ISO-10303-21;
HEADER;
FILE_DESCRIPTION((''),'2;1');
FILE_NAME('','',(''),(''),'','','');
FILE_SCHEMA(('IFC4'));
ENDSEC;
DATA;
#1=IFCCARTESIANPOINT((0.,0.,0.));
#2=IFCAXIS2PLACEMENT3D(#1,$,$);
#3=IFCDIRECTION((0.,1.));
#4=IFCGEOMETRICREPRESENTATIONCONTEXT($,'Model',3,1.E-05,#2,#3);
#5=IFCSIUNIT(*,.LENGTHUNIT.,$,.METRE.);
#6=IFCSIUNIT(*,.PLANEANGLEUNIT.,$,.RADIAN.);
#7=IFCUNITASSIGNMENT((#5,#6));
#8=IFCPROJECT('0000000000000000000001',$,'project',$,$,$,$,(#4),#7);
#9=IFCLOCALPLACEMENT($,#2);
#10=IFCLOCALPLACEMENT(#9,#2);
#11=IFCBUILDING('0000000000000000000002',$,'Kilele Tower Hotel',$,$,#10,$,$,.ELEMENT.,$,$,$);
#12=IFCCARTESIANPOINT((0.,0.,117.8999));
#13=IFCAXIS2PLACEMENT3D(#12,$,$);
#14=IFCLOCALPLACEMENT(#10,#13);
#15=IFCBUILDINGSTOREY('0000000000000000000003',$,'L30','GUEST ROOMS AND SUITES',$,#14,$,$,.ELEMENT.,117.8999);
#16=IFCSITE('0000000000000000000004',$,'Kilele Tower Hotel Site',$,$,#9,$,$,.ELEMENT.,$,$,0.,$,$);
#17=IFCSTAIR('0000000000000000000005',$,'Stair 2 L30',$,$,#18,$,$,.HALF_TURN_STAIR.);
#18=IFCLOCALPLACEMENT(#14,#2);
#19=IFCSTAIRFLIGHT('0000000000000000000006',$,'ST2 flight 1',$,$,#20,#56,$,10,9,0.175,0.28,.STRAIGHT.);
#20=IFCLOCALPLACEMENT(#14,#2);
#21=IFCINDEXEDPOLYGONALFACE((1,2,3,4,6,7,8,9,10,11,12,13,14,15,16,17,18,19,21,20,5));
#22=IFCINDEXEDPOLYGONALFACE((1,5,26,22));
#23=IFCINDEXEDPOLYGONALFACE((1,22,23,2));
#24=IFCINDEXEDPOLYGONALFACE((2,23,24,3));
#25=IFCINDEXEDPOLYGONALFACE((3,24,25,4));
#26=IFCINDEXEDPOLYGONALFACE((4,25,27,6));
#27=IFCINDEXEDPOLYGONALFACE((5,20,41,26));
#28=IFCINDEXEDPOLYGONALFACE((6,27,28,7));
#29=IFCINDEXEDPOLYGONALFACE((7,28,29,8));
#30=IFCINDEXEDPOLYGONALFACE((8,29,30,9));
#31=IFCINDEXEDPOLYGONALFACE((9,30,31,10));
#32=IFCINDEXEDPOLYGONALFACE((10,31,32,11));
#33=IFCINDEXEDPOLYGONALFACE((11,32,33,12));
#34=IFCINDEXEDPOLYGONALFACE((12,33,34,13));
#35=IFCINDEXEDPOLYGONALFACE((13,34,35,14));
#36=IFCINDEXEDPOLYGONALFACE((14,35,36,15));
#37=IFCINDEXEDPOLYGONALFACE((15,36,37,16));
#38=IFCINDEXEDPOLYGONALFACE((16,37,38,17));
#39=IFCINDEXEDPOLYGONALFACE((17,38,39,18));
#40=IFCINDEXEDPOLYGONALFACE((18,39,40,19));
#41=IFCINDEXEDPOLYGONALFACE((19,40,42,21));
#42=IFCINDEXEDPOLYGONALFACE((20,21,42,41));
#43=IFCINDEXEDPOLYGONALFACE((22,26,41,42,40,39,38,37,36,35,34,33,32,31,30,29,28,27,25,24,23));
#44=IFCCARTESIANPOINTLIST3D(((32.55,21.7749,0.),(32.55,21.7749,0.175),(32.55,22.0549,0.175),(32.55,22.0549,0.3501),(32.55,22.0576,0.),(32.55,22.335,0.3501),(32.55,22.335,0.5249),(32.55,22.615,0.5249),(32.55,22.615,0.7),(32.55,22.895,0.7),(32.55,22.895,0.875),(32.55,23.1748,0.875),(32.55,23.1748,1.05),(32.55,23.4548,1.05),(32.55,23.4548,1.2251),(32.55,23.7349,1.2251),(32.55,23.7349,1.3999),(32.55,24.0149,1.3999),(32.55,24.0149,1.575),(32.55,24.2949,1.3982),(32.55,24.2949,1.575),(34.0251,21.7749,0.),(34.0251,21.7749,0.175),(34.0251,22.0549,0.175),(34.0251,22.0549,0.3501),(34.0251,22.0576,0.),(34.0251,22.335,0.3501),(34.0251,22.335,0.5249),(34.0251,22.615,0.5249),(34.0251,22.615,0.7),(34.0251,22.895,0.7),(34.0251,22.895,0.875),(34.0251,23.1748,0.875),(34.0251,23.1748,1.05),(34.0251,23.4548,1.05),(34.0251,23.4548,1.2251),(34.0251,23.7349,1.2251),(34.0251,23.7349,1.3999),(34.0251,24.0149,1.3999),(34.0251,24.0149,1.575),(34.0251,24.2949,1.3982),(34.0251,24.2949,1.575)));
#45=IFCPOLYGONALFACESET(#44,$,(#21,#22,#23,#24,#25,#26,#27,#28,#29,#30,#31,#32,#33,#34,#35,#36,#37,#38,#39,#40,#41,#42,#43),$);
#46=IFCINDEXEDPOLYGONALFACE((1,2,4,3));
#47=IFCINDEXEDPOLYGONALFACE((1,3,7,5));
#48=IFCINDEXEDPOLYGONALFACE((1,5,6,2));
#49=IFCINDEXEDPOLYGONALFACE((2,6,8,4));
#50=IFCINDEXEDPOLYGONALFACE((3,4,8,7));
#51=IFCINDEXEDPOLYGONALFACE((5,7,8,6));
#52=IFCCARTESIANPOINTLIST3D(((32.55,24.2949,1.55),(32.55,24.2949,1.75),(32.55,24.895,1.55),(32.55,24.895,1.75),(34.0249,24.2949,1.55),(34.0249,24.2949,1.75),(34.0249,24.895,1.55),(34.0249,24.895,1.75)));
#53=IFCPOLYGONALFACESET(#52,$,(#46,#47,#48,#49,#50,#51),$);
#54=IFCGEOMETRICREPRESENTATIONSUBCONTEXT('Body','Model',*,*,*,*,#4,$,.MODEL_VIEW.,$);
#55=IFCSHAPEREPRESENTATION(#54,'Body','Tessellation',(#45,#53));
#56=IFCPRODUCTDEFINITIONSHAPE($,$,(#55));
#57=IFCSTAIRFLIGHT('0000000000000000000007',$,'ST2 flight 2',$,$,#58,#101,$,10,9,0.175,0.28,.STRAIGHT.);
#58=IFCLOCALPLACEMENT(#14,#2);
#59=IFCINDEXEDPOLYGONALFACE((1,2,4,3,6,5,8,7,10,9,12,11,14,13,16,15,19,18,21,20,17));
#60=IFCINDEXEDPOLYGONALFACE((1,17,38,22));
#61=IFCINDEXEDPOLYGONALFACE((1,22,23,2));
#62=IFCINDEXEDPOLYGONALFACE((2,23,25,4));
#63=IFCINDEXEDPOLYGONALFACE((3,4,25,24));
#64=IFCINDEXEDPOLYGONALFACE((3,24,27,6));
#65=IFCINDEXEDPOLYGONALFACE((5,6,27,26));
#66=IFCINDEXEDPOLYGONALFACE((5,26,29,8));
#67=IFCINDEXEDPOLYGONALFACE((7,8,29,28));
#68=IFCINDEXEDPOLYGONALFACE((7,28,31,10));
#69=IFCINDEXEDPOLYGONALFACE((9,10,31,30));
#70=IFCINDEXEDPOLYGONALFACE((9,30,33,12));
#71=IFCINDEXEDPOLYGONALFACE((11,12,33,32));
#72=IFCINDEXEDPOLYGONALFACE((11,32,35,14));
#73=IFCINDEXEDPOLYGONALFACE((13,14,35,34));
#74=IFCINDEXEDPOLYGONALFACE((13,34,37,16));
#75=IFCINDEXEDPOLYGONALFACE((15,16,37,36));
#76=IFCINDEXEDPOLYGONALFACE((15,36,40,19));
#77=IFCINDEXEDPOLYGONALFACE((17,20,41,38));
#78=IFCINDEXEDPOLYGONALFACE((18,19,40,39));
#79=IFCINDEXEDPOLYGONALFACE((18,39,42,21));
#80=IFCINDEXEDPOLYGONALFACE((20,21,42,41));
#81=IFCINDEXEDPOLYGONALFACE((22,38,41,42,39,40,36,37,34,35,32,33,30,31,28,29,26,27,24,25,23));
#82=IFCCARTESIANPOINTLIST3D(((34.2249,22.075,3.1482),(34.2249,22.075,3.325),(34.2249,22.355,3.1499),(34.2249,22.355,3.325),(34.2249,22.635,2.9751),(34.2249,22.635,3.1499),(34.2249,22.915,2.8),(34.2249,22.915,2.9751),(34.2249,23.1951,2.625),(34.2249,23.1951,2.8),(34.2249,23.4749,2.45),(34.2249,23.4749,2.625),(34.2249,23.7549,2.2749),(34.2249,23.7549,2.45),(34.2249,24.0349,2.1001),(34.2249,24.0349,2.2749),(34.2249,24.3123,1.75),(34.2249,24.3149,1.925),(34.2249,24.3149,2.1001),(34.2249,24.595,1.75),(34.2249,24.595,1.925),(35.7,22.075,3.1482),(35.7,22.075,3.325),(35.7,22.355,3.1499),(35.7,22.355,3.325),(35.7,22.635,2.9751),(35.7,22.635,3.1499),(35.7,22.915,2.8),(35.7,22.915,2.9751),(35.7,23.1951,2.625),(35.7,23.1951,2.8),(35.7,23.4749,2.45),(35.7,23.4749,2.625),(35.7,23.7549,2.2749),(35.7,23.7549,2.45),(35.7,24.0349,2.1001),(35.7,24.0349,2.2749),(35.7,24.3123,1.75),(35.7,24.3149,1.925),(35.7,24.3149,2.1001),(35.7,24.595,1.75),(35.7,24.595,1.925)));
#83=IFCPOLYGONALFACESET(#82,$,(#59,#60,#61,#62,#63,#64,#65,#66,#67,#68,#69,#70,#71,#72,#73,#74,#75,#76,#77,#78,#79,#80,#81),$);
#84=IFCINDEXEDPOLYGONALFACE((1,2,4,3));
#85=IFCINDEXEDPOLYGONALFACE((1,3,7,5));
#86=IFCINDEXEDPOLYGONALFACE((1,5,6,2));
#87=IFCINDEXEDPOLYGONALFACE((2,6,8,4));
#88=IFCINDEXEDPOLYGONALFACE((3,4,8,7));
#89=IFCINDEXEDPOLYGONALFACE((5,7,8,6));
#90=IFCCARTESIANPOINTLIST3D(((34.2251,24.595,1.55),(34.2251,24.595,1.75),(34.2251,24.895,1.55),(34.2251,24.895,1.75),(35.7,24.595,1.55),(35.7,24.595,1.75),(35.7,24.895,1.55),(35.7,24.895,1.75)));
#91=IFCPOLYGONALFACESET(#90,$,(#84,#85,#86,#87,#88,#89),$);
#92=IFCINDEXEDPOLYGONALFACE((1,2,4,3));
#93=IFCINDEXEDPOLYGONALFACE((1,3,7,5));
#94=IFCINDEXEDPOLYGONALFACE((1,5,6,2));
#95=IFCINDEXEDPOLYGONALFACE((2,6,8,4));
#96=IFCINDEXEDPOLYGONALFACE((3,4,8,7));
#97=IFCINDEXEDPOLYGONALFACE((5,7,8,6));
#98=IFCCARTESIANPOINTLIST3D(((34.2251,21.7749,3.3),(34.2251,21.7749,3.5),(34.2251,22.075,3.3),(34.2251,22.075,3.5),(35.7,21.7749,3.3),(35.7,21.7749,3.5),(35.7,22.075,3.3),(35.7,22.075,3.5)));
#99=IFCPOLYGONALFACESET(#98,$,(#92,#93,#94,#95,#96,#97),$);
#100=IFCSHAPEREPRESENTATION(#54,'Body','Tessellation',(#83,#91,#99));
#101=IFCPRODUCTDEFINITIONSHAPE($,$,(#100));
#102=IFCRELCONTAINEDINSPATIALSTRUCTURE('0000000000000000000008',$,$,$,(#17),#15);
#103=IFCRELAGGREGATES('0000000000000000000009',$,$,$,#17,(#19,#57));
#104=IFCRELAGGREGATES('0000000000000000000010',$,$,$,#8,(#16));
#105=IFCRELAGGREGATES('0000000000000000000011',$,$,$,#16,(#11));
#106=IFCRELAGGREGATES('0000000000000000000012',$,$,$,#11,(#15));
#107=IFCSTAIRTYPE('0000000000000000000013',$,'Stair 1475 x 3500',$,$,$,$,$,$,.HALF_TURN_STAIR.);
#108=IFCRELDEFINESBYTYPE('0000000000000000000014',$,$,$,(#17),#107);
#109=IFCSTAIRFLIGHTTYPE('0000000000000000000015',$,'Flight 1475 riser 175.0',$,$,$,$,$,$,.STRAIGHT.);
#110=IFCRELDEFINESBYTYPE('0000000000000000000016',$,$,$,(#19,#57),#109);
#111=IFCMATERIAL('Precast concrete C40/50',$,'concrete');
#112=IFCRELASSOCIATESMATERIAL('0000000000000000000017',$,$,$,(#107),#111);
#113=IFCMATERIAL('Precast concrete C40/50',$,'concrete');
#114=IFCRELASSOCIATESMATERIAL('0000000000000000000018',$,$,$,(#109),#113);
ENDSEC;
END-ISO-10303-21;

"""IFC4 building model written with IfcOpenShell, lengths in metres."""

from ifc_helpers import new_model, si_unit, direction, frame, origin, place, context, subcontext, project, spatial, polyline, outline, extrude, material, type_object, element, aggregate, save


model = new_model("IFC4")

# Units and contexts
model_context = context("Model", 3, precision=1e-05, world=origin(), true_north=direction((0.0, 1.0)))
body_context = subcontext(model_context, "Body", "Model", "MODEL_VIEW")
ifc_project = project(units=[si_unit("LENGTHUNIT", "METRE"), si_unit("PLANEANGLEUNIT", "RADIAN")], contexts=[model_context])

# Site, building, storey
site_placement = place(None, origin())
site = spatial("IfcSite", under=ifc_project, at=site_placement, Name="Kilele Tower Hotel Site", CompositionType="ELEMENT", RefElevation=0.0)
building_placement = place(site_placement, origin())
building = spatial("IfcBuilding", under=site, at=building_placement, Name="Kilele Tower Hotel", CompositionType="ELEMENT")
storey_placement = place(building_placement, frame((0.0, 0.0, 117.8999)))
storey = spatial("IfcBuildingStorey", under=building, at=storey_placement, Name="L30", Description="GUEST ROOMS AND SUITES", CompositionType="ELEMENT", Elevation=117.8999)

# Stair, stair flights
ifc_material_1 = material(Name="Precast concrete C40/50", Category="concrete")
stair_type = type_object("IfcStairType", Name="Stair 1475 x 3500", PredefinedType="HALF_TURN_STAIR", material=ifc_material_1)
stair_placement = place(storey_placement, origin())
stair = element("IfcStair", 1, at=stair_placement, inside=storey, type_object=stair_type, Name="Stair 2 L30", PredefinedType="HALF_TURN_STAIR")
ifc_material_2 = material(Name="Precast concrete C40/50", Category="concrete")
stair_flight_type = type_object("IfcStairFlightType", Name="Flight 1475 riser 175.0", PredefinedType="STRAIGHT", material=ifc_material_2)
stair_flight_1_placement = place(storey_placement, frame((33.2876, 21.7749, 0.0), z_axis=(0.0, 0.0, 1.0), x_axis=(0.0, 1.0, 0.0)))
stair_flight_1 = element("IfcStairFlight", 2, at=stair_flight_1_placement, type_object=stair_flight_type, Name="ST2 flight 1", NumberOfRisers=10, NumberOfTreads=9, PredefinedType="STRAIGHT", RiserHeight=0.175, TreadLength=0.28, context=body_context, shape_type="SweptSolid", body=[
    extrude(outline(polyline([(0.0, 0.0), (0.0, 0.175), (0.28, 0.175), (0.28, 0.3501), (0.5601, 0.3501), (0.5601, 0.5249), (0.8401, 0.5249), (0.8401, 0.7), (1.1201, 0.7), (1.1201, 0.875), (1.3999, 0.875), (1.3999, 1.05), (1.6799, 1.05), (1.6799, 1.2251), (1.96, 1.2251), (1.96, 1.3999), (2.24, 1.3999), (2.24, 1.575), (2.52, 1.575), (2.52, 1.75), (2.52, 1.3982), (0.2827, 0.0), (0.0, 0.0)])), frame((0.0, 0.7375, 0.0), z_axis=(0.0, -1.0, 0.0), x_axis=(1.0, 0.0, 0.0)), (0.0, 0.0, 1.0), 1.4751),
    extrude(outline(polyline([(2.52, 0.7375), (2.52, -0.7373), (3.1201, -0.7373), (3.1201, 0.7375), (2.52, 0.7375)])), frame((0.0, 0.0, 1.55)), (0.0, 0.0, 1.0), 0.2),
])
stair_flight_2_placement = place(storey_placement, frame((34.9624, 24.595, 1.75), z_axis=(0.0, 0.0, 1.0), x_axis=(0.0, -1.0, 0.0)))
stair_flight_2 = element("IfcStairFlight", 3, at=stair_flight_2_placement, type_object=stair_flight_type, Name="ST2 flight 2", NumberOfRisers=10, NumberOfTreads=9, PredefinedType="STRAIGHT", RiserHeight=0.175, TreadLength=0.28, context=body_context, shape_type="SweptSolid", body=[
    extrude(outline(polyline([(0.0, 0.0), (0.0, 0.175), (0.28, 0.175), (0.28, 0.3501), (0.5601, 0.3501), (0.5601, 0.5249), (0.8401, 0.5249), (0.8401, 0.7), (1.1201, 0.7), (1.1201, 0.875), (1.3999, 0.875), (1.3999, 1.05), (1.6799, 1.05), (1.6799, 1.2251), (1.96, 1.2251), (1.96, 1.3999), (2.24, 1.3999), (2.24, 1.575), (2.52, 1.575), (2.52, 1.75), (2.52, 1.3982), (0.2827, 0.0), (0.0, 0.0)])), frame((0.0, 0.7375, 0.0), z_axis=(0.0, -1.0, 0.0), x_axis=(1.0, 0.0, 0.0)), (0.0, 0.0, 1.0), 1.4751),
    extrude(outline(polyline([(0.0, -0.7373), (0.0, 0.7375), (-0.3, 0.7375), (-0.3, -0.7373), (0.0, -0.7373)])), frame((0.0, 0.0, -0.2)), (0.0, 0.0, 1.0), 0.2),
    extrude(outline(polyline([(2.8201, -0.7373), (2.8201, 0.7375), (2.52, 0.7375), (2.52, -0.7373), (2.8201, -0.7373)])), frame((0.0, 0.0, 1.55)), (0.0, 0.0, 1.0), 0.2),
])
aggregate(stair, [stair_flight_1, stair_flight_2])

save(model, "model.ifc")
